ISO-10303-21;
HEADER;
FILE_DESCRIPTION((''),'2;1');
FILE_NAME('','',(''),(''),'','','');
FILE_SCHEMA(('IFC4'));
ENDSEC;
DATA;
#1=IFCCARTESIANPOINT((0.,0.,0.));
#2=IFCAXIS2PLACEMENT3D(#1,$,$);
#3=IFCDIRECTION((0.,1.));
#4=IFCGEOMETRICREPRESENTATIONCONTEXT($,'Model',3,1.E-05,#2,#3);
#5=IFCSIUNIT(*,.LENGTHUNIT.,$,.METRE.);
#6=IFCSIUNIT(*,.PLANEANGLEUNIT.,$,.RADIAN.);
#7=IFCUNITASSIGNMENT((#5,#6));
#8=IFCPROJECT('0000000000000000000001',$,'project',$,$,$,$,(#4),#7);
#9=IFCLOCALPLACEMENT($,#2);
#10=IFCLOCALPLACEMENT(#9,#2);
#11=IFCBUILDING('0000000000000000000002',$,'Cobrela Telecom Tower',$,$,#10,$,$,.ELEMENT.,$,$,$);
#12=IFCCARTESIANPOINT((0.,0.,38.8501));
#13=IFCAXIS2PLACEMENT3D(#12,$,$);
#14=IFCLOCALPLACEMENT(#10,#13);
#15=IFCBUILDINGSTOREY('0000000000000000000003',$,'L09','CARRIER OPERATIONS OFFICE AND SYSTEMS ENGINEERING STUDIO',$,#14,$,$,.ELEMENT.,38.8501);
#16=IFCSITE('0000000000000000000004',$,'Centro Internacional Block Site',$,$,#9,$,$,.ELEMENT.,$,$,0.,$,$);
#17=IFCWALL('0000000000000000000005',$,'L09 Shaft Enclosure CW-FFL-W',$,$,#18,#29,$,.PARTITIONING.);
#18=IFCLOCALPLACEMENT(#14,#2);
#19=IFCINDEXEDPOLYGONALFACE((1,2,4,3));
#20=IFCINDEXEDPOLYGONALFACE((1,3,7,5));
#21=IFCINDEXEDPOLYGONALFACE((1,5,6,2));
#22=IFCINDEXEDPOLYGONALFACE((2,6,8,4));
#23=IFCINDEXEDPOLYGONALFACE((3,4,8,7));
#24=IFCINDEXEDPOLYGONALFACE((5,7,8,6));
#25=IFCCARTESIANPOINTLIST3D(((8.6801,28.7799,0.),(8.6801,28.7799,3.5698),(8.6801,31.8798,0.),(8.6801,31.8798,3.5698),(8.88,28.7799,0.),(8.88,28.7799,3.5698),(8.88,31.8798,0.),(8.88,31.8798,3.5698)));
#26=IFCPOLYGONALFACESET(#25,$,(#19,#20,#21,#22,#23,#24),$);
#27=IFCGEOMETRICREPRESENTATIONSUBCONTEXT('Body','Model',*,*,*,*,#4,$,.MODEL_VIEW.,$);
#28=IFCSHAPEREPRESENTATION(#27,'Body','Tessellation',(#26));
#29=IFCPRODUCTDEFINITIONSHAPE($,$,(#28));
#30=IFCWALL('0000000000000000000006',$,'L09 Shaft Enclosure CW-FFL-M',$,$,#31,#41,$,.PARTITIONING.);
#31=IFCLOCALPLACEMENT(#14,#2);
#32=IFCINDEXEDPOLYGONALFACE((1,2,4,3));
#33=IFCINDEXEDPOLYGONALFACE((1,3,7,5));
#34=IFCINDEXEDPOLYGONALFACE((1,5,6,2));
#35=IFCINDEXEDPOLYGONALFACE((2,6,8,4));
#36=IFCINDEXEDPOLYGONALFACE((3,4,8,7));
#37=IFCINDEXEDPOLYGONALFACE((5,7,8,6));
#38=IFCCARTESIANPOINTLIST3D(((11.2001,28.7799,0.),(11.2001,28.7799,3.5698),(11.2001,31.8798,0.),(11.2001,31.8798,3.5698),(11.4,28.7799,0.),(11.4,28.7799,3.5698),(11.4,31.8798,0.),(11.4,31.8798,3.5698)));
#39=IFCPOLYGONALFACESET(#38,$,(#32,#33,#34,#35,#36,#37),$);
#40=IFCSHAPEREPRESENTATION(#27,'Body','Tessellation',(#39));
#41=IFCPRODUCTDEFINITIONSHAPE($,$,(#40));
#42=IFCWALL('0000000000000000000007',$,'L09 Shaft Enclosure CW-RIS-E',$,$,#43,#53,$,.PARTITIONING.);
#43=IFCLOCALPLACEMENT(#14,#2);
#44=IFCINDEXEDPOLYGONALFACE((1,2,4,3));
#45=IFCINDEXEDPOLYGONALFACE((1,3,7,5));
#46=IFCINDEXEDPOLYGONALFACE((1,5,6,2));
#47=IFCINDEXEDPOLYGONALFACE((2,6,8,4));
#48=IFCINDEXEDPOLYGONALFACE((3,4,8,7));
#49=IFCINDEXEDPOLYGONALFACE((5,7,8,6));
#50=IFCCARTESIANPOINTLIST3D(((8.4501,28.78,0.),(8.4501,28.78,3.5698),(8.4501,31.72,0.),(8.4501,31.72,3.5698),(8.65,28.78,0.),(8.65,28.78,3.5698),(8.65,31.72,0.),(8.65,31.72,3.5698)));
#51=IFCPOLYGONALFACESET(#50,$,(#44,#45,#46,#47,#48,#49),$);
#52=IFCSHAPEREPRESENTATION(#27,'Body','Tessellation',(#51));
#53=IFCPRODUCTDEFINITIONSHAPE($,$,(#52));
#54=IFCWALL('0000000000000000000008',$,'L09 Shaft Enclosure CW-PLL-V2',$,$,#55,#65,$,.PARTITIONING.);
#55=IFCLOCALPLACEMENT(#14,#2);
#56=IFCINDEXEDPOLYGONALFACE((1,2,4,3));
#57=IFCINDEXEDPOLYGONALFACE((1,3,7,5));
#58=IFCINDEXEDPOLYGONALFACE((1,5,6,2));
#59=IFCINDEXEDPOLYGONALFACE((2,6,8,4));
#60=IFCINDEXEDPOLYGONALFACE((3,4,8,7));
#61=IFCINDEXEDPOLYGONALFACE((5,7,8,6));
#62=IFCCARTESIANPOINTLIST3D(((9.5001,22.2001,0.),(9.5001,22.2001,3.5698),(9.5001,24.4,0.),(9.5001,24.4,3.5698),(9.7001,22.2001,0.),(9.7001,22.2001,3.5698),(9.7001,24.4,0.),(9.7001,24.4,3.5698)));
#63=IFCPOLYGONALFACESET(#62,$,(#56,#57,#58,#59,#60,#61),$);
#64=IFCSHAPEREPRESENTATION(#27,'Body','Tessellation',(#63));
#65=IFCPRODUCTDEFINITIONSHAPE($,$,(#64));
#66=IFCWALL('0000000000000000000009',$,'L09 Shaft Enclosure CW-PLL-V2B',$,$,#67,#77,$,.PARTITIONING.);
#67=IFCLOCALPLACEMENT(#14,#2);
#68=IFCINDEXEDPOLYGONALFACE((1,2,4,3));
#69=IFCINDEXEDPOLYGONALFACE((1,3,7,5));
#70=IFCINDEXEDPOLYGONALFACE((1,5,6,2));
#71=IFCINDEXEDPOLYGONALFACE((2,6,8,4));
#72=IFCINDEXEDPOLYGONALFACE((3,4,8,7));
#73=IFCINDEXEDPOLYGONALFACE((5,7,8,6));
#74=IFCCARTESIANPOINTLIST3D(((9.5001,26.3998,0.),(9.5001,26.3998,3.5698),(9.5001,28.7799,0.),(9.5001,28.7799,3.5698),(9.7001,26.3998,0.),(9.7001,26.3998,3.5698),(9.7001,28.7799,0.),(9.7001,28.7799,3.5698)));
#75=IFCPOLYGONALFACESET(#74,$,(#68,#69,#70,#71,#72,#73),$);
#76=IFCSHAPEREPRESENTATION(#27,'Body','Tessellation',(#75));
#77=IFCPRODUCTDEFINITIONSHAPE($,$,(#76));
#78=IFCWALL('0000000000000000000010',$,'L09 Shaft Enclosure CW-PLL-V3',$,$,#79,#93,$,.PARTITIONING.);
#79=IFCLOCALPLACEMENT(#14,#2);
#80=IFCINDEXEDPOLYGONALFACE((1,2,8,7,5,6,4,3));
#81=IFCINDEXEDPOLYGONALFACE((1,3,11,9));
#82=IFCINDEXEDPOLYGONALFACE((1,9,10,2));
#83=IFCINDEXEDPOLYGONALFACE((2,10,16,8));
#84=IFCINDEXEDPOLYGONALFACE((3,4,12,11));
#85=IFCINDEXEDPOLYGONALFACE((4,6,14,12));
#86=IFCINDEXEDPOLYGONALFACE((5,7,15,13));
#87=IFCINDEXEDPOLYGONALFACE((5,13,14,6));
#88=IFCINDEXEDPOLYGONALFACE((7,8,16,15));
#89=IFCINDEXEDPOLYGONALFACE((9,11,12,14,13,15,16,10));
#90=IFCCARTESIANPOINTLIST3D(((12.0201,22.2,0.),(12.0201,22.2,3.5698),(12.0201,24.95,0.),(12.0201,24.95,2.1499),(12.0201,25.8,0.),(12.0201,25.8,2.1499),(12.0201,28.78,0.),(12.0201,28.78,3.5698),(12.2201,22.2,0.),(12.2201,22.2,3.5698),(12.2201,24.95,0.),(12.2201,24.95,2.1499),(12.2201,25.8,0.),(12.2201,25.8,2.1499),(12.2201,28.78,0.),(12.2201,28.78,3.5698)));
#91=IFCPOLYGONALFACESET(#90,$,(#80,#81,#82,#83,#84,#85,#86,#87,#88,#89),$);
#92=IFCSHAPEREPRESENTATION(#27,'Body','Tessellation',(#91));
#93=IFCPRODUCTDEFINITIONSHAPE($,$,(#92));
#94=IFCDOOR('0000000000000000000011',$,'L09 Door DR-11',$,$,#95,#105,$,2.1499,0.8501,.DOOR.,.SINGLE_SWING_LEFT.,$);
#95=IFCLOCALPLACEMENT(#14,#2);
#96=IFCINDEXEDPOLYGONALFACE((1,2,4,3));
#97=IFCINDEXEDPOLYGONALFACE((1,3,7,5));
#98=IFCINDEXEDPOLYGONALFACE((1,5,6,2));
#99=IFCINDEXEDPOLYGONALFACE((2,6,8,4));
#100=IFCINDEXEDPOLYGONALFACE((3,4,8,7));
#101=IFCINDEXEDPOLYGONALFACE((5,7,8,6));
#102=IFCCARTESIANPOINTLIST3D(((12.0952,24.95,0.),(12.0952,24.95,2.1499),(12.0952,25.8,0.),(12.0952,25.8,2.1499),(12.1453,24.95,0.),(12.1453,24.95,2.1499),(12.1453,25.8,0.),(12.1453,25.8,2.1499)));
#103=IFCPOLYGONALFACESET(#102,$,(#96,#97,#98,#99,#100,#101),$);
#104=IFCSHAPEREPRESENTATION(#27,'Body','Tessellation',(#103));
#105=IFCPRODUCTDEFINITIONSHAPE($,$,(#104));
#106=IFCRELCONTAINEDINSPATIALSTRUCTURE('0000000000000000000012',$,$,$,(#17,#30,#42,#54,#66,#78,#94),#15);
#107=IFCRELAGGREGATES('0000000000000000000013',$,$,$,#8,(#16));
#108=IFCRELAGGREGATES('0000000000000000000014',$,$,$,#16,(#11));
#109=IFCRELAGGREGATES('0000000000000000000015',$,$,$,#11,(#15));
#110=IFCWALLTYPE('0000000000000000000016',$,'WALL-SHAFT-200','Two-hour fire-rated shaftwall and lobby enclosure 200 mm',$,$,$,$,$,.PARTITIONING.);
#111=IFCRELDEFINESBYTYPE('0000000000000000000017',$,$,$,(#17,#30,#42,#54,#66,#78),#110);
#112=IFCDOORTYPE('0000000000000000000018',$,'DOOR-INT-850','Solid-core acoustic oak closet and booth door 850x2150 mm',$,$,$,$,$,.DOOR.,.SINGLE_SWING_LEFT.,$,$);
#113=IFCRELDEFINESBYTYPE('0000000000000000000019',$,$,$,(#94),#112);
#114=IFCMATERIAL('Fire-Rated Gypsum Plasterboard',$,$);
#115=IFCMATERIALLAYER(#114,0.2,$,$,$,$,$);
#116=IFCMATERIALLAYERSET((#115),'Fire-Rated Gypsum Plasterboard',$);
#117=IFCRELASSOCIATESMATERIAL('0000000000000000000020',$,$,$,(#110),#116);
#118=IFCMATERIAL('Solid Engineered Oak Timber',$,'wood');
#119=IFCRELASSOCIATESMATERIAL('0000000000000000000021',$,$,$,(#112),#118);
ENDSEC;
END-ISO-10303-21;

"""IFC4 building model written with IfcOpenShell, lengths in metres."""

from ifc_helpers import new_model, si_unit, direction, frame, frame_2d, origin, place, context, subcontext, project, spatial, rectangle, extrude, material, layer, layer_set, type_object, element, fill, save


model = new_model("IFC4")

# Units and contexts
model_context = context("Model", 3, precision=1e-05, world=origin(), true_north=direction((0.0, 1.0)))
body_context = subcontext(model_context, "Body", "Model", "MODEL_VIEW")
ifc_project = project(units=[si_unit("LENGTHUNIT", "METRE"), si_unit("PLANEANGLEUNIT", "RADIAN")], contexts=[model_context])

# Site, building, storey
site_placement = place(None, origin())
site = spatial("IfcSite", under=ifc_project, at=site_placement, Name="Centro Internacional Block Site", CompositionType="ELEMENT", RefElevation=0.0)
building_placement = place(site_placement, origin())
building = spatial("IfcBuilding", under=site, at=building_placement, Name="Cobrela Telecom Tower", CompositionType="ELEMENT")
storey_placement = place(building_placement, frame((0.0, 0.0, 38.8501)))
storey = spatial("IfcBuildingStorey", under=building, at=storey_placement, Name="L09", Description="CARRIER OPERATIONS OFFICE AND SYSTEMS ENGINEERING STUDIO", CompositionType="ELEMENT", Elevation=38.8501)

# Shared definitions
ifc_material_1 = material(Name="Fire-Rated Gypsum Plasterboard")

# Shared definitions
ifc_material_2 = material(Name="Solid Engineered Oak Timber", Category="wood")

# Shared definitions
ifc_layer_1 = layer(ifc_material_1, 0.2)
ifc_layer_set_1 = layer_set([ifc_layer_1], Name="Fire-Rated Gypsum Plasterboard")
wall_type_1 = type_object("IfcWallType", Name="WALL-SHAFT-200", Description="Two-hour fire-rated shaftwall and lobby enclosure 200 mm", PredefinedType="PARTITIONING", material=ifc_layer_set_1)

# Walls
for number, where, z_axis, x_axis, name in (
    (1, (8.78, 28.78, 0.0), (0.0, 0.0, 1.0), (0.0, 1.0, 0.0), "L09 Shaft Enclosure CW-FFL-W"),
    (2, (11.3, 28.78, 0.0), (0.0, 0.0, 1.0), (0.0, 1.0, 0.0), "L09 Shaft Enclosure CW-FFL-M"),
):
    element("IfcWall", number, at=place(storey_placement, frame(where, z_axis=z_axis, x_axis=x_axis)), inside=storey, type_object=wall_type_1, Name=name, PredefinedType="PARTITIONING", context=body_context, shape_type="SweptSolid", body=[
        extrude(rectangle(XDim=3.0999, YDim=0.2, at=frame_2d((1.5498, 0.0))), origin(), (0.0, 0.0, 1.0), 3.5698),
    ])
wall_1_placement = place(storey_placement, frame((8.55, 28.78, 0.0), z_axis=(0.0, 0.0, 1.0), x_axis=(0.0, 1.0, 0.0)))
element("IfcWall", 3, at=wall_1_placement, inside=storey, type_object=wall_type_1, Name="L09 Shaft Enclosure CW-RIS-E", PredefinedType="PARTITIONING", context=body_context, shape_type="SweptSolid", body=[
    extrude(rectangle(XDim=2.9399, YDim=0.2, at=frame_2d((1.47, 0.0))), origin(), (0.0, 0.0, 1.0), 3.5698),
])
wall_2_placement = place(storey_placement, frame((9.6001, 22.2, 0.0), z_axis=(0.0, 0.0, 1.0), x_axis=(0.0, 1.0, 0.0)))
element("IfcWall", 4, at=wall_2_placement, inside=storey, type_object=wall_type_1, Name="L09 Shaft Enclosure CW-PLL-V2", PredefinedType="PARTITIONING", context=body_context, shape_type="SweptSolid", body=[
    extrude(rectangle(XDim=2.2, YDim=0.2, at=frame_2d((1.1001, 0.0))), origin(), (0.0, 0.0, 1.0), 3.5698),
])
wall_3_placement = place(storey_placement, frame((9.6001, 26.3999, 0.0), z_axis=(0.0, 0.0, 1.0), x_axis=(0.0, 1.0, 0.0)))
element("IfcWall", 5, at=wall_3_placement, inside=storey, type_object=wall_type_1, Name="L09 Shaft Enclosure CW-PLL-V2B", PredefinedType="PARTITIONING", context=body_context, shape_type="SweptSolid", body=[
    extrude(rectangle(XDim=2.3801, YDim=0.2, at=frame_2d((1.1899, 0.0))), origin(), (0.0, 0.0, 1.0), 3.5698),
])

# Wall, opening, door
wall_4_placement = place(storey_placement, frame((12.1201, 22.2, 0.0), z_axis=(0.0, 0.0, 1.0), x_axis=(0.0, 1.0, 0.0)))
wall_4 = element("IfcWall", 6, at=wall_4_placement, inside=storey, type_object=wall_type_1, Name="L09 Shaft Enclosure CW-PLL-V3", PredefinedType="PARTITIONING", context=body_context, shape_type="SweptSolid", body=[
    extrude(rectangle(XDim=6.5801, YDim=0.2, at=frame_2d((3.29, 0.0))), origin(), (0.0, 0.0, 1.0), 3.5698),
])
opening_1_placement = place(wall_4_placement, frame((2.75, 0.0, 0.0)))
opening_1 = element("IfcOpeningElement", 7, at=opening_1_placement, cuts=wall_4, PredefinedType="OPENING", context=body_context, shape_type="SweptSolid", body=[
    extrude(rectangle(XDim=0.8501, YDim=2.1499, at=frame_2d((0.425, 1.075))), frame((0.0, 0.1118, 0.0), z_axis=(0.0, -1.0, 0.0), x_axis=(1.0, 0.0, 0.0)), (0.0, 0.0, 1.0), 0.2239),
])
door_type_1 = type_object("IfcDoorType", Name="DOOR-INT-850", Description="Solid-core acoustic oak closet and booth door 850x2150 mm", OperationType="SINGLE_SWING_LEFT", PredefinedType="DOOR", material=ifc_material_2)
door_1_placement = place(opening_1_placement, origin())
door_1 = element("IfcDoor", 8, at=door_1_placement, inside=storey, type_object=door_type_1, Name="L09 Door DR-11", OperationType="SINGLE_SWING_LEFT", OverallHeight=2.1499, OverallWidth=0.8501, PredefinedType="DOOR", context=body_context, shape_type="SweptSolid", body=[
    extrude(rectangle(XDim=0.8501, YDim=2.1499, at=frame_2d((0.425, 1.075))), frame((0.0, 0.0249, 0.0), z_axis=(0.0, -1.0, 0.0), x_axis=(1.0, 0.0, 0.0)), (0.0, 0.0, 1.0), 0.05),
])
fill(opening_1, door_1)

save(model, "model.ifc")
